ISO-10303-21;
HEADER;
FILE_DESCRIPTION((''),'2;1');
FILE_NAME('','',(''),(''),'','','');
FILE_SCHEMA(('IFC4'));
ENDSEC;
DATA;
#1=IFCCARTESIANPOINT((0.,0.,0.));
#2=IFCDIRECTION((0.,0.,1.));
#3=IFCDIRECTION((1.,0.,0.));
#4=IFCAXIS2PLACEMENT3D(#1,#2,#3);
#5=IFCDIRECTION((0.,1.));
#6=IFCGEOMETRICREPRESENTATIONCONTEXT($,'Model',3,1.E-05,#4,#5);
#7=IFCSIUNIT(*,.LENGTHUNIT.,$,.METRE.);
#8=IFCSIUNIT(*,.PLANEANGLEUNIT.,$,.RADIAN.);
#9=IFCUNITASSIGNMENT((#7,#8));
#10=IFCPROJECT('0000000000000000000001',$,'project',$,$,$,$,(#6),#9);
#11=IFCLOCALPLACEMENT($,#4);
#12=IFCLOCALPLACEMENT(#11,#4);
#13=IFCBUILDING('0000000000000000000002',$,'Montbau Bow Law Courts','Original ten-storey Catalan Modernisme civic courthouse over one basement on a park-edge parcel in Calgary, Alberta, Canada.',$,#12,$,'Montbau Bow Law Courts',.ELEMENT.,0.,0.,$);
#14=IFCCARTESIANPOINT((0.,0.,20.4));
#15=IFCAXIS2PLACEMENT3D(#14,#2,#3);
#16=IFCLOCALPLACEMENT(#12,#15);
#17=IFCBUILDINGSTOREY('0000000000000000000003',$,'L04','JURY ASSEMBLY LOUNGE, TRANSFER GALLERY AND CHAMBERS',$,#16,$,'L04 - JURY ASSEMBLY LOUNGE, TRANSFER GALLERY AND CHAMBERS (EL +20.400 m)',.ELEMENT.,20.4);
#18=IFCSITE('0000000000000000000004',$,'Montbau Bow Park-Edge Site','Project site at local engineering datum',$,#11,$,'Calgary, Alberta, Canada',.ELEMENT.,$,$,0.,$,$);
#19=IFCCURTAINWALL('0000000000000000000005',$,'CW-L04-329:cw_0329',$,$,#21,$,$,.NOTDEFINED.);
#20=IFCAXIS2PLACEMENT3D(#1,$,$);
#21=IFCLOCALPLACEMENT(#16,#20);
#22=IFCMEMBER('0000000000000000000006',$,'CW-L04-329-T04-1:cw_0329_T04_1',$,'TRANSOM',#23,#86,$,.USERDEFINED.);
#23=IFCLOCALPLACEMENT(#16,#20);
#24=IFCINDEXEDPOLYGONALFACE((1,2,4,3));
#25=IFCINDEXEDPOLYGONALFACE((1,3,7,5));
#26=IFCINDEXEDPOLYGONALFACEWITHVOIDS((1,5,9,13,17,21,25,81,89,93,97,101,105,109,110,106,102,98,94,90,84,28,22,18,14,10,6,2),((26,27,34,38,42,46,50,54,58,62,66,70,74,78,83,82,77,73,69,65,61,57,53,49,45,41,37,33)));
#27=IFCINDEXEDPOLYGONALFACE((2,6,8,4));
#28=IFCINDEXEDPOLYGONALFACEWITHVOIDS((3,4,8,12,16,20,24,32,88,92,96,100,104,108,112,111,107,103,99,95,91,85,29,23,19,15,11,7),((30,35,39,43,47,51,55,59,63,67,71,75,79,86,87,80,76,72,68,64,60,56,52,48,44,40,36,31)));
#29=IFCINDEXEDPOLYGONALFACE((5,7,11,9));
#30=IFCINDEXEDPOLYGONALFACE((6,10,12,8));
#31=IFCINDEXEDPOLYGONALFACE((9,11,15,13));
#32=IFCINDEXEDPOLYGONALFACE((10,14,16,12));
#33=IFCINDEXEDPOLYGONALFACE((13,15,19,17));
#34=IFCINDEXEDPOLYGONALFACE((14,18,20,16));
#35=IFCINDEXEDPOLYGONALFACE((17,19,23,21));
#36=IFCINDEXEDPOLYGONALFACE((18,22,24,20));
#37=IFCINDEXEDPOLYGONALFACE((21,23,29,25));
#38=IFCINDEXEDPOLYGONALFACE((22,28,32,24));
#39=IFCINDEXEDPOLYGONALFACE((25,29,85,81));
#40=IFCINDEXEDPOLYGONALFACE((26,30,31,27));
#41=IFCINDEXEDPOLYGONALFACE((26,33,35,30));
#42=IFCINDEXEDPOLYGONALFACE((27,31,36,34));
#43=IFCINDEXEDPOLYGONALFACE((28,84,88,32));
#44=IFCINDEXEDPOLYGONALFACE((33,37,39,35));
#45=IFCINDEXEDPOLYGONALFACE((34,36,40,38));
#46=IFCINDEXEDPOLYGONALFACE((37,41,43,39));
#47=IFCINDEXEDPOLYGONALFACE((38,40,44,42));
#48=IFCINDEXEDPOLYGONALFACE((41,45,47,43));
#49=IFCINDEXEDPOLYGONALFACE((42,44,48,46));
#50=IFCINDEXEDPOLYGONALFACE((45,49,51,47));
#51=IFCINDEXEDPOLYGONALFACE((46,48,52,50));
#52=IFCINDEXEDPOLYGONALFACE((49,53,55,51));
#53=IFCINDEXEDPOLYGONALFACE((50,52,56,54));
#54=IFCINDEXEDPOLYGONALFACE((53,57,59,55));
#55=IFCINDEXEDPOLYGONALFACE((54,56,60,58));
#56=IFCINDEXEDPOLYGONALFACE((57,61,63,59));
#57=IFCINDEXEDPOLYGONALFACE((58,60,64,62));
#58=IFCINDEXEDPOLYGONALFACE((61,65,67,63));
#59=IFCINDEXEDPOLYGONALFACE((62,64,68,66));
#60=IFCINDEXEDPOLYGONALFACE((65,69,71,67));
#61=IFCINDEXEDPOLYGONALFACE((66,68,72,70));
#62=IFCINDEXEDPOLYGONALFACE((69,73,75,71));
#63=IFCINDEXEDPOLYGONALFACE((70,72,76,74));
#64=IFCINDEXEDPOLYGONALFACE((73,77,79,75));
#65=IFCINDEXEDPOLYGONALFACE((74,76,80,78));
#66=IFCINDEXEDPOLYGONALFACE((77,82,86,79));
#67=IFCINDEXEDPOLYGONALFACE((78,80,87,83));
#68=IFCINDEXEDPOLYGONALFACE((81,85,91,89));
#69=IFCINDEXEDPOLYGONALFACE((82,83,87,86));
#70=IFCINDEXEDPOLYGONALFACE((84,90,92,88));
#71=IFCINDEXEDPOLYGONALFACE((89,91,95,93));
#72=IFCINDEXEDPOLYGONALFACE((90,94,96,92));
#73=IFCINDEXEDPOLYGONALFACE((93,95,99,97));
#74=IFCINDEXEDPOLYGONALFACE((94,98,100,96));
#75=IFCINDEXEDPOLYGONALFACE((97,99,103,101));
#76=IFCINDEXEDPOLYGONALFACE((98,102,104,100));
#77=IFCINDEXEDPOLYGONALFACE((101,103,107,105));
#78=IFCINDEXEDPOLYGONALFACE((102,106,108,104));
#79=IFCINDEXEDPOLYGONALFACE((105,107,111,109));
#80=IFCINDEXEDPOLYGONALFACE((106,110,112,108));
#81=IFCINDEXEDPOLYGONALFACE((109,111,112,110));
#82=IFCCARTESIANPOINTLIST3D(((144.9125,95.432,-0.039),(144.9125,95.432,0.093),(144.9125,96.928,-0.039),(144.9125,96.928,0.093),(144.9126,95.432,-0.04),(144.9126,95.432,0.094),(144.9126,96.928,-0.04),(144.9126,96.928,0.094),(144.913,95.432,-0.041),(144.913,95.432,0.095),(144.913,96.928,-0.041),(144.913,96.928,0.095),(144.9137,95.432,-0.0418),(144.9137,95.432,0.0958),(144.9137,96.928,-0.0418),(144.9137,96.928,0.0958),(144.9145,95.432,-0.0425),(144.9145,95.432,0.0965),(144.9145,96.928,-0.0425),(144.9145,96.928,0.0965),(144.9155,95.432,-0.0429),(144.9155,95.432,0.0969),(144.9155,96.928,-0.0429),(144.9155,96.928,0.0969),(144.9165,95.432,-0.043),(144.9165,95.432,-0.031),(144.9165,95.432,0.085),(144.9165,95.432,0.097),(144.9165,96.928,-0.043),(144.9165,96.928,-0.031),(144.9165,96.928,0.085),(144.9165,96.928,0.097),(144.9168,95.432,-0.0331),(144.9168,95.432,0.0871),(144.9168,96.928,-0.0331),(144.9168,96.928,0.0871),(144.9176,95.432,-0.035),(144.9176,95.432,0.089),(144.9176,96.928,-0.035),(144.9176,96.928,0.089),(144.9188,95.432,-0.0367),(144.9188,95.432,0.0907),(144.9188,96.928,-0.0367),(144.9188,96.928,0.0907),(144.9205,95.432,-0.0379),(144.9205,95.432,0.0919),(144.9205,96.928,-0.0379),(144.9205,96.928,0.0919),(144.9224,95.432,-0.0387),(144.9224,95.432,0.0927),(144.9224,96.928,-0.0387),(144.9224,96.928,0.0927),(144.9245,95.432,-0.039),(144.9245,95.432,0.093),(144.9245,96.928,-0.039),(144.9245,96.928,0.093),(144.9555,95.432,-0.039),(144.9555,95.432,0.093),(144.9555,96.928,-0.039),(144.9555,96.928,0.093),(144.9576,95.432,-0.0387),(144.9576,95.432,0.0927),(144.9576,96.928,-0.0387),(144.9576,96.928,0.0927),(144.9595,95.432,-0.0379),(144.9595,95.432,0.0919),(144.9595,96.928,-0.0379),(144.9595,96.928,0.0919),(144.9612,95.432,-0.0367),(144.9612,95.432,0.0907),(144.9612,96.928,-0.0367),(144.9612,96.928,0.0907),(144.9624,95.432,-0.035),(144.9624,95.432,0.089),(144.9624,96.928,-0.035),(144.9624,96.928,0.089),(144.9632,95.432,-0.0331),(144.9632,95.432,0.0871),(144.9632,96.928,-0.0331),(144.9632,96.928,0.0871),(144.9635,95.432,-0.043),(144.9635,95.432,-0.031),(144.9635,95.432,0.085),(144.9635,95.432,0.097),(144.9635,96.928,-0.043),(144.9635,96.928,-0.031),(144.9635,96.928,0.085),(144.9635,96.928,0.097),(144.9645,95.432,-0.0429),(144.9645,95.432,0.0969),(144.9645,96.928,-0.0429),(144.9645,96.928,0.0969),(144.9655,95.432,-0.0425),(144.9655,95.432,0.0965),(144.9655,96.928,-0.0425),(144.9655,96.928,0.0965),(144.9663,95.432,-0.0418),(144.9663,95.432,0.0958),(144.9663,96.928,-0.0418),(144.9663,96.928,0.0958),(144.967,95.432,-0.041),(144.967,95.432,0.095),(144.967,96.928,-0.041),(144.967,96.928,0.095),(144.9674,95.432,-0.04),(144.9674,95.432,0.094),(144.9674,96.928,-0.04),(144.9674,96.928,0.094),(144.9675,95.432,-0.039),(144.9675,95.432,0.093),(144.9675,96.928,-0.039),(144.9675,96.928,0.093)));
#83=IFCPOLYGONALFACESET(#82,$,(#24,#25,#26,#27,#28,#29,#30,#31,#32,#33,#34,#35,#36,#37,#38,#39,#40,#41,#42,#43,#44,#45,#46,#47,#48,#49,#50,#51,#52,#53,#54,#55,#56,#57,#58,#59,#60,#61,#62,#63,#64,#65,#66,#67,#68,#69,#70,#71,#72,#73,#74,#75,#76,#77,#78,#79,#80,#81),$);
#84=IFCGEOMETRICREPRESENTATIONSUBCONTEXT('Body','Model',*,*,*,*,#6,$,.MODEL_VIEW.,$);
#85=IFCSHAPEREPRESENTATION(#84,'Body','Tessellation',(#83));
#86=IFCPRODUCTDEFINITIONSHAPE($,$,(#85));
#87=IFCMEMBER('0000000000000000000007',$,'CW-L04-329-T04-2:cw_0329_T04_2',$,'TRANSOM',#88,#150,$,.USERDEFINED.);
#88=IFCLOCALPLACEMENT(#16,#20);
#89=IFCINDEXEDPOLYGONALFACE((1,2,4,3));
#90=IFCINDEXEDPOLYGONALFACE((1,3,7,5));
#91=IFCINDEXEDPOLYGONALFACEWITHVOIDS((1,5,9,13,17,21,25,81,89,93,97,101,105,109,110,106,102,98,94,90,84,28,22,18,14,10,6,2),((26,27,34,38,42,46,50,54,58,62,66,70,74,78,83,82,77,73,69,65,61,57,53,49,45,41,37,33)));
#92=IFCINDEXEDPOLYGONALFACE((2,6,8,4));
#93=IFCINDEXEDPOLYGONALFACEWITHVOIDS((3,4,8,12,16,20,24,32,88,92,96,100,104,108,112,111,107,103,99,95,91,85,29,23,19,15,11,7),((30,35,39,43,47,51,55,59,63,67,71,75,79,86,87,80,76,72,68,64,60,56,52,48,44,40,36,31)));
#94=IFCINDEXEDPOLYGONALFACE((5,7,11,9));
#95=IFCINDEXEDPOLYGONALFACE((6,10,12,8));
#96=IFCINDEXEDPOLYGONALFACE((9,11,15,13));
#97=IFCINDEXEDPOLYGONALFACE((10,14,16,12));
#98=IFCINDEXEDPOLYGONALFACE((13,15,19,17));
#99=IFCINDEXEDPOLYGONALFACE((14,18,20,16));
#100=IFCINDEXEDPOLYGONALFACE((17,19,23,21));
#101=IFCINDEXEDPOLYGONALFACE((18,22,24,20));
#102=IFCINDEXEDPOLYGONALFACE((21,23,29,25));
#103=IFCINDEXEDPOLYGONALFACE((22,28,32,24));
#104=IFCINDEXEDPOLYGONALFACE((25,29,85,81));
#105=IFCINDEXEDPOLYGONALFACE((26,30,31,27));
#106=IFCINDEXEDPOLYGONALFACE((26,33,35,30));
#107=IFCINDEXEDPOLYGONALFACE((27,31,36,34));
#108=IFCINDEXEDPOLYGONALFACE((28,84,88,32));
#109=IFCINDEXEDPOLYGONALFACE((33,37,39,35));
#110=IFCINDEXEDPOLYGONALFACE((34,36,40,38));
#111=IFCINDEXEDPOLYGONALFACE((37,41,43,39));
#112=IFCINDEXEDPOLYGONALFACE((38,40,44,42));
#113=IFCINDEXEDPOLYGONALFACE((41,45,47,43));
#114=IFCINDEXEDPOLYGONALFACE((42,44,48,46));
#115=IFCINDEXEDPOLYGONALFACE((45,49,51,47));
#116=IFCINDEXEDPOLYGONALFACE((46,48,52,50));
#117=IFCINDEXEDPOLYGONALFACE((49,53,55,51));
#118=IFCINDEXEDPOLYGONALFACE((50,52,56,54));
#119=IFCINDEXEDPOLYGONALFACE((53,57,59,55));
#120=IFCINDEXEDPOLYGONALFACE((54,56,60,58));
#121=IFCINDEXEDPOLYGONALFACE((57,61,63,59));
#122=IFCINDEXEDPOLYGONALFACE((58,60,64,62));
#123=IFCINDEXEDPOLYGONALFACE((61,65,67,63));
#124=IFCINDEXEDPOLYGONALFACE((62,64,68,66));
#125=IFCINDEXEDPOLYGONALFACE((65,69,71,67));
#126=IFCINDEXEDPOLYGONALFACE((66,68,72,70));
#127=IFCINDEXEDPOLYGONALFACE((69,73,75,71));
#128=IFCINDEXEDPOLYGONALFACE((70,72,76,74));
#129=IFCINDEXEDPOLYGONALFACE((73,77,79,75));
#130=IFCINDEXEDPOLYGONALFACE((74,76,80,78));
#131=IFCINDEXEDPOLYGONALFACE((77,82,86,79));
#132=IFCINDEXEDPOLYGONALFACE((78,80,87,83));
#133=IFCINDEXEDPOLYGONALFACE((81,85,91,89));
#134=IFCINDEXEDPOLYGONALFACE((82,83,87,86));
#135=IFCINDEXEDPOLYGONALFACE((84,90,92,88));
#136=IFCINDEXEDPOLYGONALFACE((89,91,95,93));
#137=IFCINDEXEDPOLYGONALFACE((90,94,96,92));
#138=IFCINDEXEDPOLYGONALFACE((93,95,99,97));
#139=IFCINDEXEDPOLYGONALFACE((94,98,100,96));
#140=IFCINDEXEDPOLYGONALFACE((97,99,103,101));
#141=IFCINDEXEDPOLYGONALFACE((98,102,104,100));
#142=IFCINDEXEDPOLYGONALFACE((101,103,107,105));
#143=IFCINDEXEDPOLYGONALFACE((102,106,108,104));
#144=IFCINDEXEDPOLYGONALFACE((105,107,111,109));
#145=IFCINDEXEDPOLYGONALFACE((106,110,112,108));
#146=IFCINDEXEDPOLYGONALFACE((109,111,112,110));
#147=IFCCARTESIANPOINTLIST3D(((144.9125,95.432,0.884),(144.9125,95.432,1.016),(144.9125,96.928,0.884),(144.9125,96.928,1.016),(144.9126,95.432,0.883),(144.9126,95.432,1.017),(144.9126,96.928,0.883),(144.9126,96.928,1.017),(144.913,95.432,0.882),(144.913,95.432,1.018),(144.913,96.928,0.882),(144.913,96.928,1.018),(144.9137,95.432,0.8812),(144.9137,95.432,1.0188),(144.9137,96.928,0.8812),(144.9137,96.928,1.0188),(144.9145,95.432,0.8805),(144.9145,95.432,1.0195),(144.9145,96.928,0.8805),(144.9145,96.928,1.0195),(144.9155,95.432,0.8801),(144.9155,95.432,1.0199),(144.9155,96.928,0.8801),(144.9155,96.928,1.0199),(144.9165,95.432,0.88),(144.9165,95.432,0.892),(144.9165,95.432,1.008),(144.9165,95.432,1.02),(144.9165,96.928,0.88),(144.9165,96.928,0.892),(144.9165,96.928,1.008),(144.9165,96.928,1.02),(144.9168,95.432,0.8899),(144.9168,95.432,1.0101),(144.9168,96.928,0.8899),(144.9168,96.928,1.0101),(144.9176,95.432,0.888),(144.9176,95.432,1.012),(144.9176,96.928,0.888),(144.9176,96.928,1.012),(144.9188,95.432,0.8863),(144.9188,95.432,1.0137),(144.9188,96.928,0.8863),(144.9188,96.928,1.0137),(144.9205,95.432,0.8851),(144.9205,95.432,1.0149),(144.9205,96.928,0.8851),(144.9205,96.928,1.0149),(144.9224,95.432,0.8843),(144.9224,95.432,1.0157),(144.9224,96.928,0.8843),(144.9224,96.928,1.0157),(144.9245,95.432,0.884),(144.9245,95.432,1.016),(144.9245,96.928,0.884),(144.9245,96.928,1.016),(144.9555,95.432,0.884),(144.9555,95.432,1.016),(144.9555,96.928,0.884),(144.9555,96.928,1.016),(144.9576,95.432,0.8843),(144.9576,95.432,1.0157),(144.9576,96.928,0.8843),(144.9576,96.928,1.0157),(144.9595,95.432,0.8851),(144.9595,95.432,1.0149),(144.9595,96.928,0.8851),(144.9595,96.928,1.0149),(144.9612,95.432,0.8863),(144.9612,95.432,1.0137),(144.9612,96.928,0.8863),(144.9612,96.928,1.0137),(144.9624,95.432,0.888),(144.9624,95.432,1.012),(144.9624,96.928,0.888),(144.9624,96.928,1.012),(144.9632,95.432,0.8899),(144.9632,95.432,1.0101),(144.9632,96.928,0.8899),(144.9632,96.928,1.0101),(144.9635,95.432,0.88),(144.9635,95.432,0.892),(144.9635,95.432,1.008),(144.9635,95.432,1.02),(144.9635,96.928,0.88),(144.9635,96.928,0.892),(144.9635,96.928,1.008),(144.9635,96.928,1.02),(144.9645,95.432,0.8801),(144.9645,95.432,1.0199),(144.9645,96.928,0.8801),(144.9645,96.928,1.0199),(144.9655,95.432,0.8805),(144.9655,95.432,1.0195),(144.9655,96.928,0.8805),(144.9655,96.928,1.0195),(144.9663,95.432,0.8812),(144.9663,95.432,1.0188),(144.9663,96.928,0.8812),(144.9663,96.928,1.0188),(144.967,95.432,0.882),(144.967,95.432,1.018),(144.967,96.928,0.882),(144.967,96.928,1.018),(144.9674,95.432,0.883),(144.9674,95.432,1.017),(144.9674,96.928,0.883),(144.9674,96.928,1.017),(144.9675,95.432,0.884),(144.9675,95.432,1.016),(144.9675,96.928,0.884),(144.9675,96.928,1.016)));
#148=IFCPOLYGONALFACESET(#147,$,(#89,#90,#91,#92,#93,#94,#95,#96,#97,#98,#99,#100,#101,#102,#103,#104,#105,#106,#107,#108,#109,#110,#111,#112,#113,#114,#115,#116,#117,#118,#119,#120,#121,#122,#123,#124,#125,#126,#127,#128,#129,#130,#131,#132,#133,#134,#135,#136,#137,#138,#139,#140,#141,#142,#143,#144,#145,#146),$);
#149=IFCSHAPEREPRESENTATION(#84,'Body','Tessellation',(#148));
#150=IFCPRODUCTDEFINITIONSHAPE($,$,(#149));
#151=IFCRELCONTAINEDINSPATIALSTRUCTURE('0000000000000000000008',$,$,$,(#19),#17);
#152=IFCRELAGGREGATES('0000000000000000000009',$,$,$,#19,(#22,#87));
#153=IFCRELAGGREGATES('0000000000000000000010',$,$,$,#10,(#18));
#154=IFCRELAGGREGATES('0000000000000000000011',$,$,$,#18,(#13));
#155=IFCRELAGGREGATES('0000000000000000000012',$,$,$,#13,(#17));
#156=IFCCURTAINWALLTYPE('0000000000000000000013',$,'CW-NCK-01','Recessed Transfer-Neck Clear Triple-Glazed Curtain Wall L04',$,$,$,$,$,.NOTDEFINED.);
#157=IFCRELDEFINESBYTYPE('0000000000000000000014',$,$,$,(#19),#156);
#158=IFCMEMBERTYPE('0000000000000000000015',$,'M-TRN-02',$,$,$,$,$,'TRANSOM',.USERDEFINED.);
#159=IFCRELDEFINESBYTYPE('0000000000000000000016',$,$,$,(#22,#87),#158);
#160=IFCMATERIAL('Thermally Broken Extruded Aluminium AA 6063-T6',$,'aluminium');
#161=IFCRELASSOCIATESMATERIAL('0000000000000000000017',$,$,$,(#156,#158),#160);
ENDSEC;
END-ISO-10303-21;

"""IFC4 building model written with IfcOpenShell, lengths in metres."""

from ifc_helpers import new_model, si_unit, direction, frame, origin_with_axes, origin_2d_with_axis, place, context, subcontext, project, spatial, hollow_rectangle, extrude, material, material_profile, profile_set, type_object, element, aggregate, save


model = new_model("IFC4")

# Units and contexts
model_context = context("Model", 3, precision=1e-05, world=origin_with_axes(), true_north=direction((0.0, 1.0)))
body_context = subcontext(model_context, "Body", "Model", "MODEL_VIEW")
ifc_project = project(units=[si_unit("LENGTHUNIT", "METRE"), si_unit("PLANEANGLEUNIT", "RADIAN")], contexts=[model_context])

# Site, building, storey
site_placement = place(None, origin_with_axes())
site = spatial("IfcSite", under=ifc_project, at=site_placement, Name="Montbau Bow Park-Edge Site", Description="Project site at local engineering datum", LongName="Calgary, Alberta, Canada", CompositionType="ELEMENT", RefElevation=0.0)
building_placement = place(site_placement, origin_with_axes())
building = spatial("IfcBuilding", under=site, at=building_placement, Name="Montbau Bow Law Courts", Description="Original ten-storey Catalan Modernisme civic courthouse over one basement on a park-edge parcel in Calgary, Alberta, Canada.", LongName="Montbau Bow Law Courts", CompositionType="ELEMENT", ElevationOfRefHeight=0.0, ElevationOfTerrain=0.0)
storey_placement = place(building_placement, frame((0.0, 0.0, 20.4), z_axis=(0.0, 0.0, 1.0), x_axis=(1.0, 0.0, 0.0)))
storey = spatial("IfcBuildingStorey", under=building, at=storey_placement, Name="L04", Description="JURY ASSEMBLY LOUNGE, TRANSFER GALLERY AND CHAMBERS", LongName="L04 - JURY ASSEMBLY LOUNGE, TRANSFER GALLERY AND CHAMBERS (EL +20.400 m)", CompositionType="ELEMENT", Elevation=20.4)

# Shared definitions
ifc_material_1 = material(Name="Thermally Broken Extruded Aluminium AA 6063-T6", Category="aluminium")
curtain_wall_type = type_object("IfcCurtainWallType", Name="CW-NCK-01", Description="Recessed Transfer-Neck Clear Triple-Glazed Curtain Wall L04", PredefinedType="NOTDEFINED", material=ifc_material_1)

# Curtain wall
curtain_wall_1_placement = place(None, frame((144.94, 90.72, 20.4), z_axis=(0.0, 0.0, 1.0), x_axis=(1.0, 0.0, 0.0)))
curtain_wall_1 = element("IfcCurtainWall", 1, at=curtain_wall_1_placement, inside=storey, type_object=curtain_wall_type, Name="CW-L04-329:cw_0329", PredefinedType="NOTDEFINED")

# Members
ifc_material_profile_1 = material_profile(ifc_material_1, hollow_rectangle(XDim=0.055, YDim=0.14, WallThickness=0.004, InnerFilletRadius=0.008, OuterFilletRadius=0.004, at=origin_2d_with_axis()), Name="CWT-140X55", Category="Main", Priority=0)
ifc_profile_set_1 = profile_set([ifc_material_profile_1], Name="Thermally Broken Extruded Aluminium AA 6063-T6")
member_type_1 = type_object("IfcMemberType", Name="M-TRN-02", ElementType="TRANSOM", PredefinedType="USERDEFINED", material=ifc_profile_set_1)
member_1_placement = place(None, frame((144.94, 95.432, 20.427), z_axis=(0.0, 1.0, 0.0), x_axis=(-1.0, 0.0, 0.0)))
member_1 = element("IfcMember", 2, at=member_1_placement, type_object=member_type_1, Name="CW-L04-329-T04-1:cw_0329_T04_1", ObjectType="TRANSOM", PredefinedType="USERDEFINED", context=body_context, shape_type="SweptSolid", body=[
    extrude(hollow_rectangle(XDim=0.055, YDim=0.14, WallThickness=0.004, InnerFilletRadius=0.008, OuterFilletRadius=0.004, at=origin_2d_with_axis()), origin_with_axes(), (0.0, 0.0, 1.0), 1.496),
])
member_2_placement = place(None, frame((144.94, 95.432, 21.35), z_axis=(0.0, 1.0, 0.0), x_axis=(-1.0, 0.0, 0.0)))
member_2 = element("IfcMember", 3, at=member_2_placement, type_object=member_type_1, Name="CW-L04-329-T04-2:cw_0329_T04_2", ObjectType="TRANSOM", PredefinedType="USERDEFINED", context=body_context, shape_type="SweptSolid", body=[
    extrude(hollow_rectangle(XDim=0.055, YDim=0.14, WallThickness=0.004, InnerFilletRadius=0.008, OuterFilletRadius=0.004, at=origin_2d_with_axis()), origin_with_axes(), (0.0, 0.0, 1.0), 1.496),
])

aggregate(curtain_wall_1, [member_1, member_2])

save(model, "model.ifc")
